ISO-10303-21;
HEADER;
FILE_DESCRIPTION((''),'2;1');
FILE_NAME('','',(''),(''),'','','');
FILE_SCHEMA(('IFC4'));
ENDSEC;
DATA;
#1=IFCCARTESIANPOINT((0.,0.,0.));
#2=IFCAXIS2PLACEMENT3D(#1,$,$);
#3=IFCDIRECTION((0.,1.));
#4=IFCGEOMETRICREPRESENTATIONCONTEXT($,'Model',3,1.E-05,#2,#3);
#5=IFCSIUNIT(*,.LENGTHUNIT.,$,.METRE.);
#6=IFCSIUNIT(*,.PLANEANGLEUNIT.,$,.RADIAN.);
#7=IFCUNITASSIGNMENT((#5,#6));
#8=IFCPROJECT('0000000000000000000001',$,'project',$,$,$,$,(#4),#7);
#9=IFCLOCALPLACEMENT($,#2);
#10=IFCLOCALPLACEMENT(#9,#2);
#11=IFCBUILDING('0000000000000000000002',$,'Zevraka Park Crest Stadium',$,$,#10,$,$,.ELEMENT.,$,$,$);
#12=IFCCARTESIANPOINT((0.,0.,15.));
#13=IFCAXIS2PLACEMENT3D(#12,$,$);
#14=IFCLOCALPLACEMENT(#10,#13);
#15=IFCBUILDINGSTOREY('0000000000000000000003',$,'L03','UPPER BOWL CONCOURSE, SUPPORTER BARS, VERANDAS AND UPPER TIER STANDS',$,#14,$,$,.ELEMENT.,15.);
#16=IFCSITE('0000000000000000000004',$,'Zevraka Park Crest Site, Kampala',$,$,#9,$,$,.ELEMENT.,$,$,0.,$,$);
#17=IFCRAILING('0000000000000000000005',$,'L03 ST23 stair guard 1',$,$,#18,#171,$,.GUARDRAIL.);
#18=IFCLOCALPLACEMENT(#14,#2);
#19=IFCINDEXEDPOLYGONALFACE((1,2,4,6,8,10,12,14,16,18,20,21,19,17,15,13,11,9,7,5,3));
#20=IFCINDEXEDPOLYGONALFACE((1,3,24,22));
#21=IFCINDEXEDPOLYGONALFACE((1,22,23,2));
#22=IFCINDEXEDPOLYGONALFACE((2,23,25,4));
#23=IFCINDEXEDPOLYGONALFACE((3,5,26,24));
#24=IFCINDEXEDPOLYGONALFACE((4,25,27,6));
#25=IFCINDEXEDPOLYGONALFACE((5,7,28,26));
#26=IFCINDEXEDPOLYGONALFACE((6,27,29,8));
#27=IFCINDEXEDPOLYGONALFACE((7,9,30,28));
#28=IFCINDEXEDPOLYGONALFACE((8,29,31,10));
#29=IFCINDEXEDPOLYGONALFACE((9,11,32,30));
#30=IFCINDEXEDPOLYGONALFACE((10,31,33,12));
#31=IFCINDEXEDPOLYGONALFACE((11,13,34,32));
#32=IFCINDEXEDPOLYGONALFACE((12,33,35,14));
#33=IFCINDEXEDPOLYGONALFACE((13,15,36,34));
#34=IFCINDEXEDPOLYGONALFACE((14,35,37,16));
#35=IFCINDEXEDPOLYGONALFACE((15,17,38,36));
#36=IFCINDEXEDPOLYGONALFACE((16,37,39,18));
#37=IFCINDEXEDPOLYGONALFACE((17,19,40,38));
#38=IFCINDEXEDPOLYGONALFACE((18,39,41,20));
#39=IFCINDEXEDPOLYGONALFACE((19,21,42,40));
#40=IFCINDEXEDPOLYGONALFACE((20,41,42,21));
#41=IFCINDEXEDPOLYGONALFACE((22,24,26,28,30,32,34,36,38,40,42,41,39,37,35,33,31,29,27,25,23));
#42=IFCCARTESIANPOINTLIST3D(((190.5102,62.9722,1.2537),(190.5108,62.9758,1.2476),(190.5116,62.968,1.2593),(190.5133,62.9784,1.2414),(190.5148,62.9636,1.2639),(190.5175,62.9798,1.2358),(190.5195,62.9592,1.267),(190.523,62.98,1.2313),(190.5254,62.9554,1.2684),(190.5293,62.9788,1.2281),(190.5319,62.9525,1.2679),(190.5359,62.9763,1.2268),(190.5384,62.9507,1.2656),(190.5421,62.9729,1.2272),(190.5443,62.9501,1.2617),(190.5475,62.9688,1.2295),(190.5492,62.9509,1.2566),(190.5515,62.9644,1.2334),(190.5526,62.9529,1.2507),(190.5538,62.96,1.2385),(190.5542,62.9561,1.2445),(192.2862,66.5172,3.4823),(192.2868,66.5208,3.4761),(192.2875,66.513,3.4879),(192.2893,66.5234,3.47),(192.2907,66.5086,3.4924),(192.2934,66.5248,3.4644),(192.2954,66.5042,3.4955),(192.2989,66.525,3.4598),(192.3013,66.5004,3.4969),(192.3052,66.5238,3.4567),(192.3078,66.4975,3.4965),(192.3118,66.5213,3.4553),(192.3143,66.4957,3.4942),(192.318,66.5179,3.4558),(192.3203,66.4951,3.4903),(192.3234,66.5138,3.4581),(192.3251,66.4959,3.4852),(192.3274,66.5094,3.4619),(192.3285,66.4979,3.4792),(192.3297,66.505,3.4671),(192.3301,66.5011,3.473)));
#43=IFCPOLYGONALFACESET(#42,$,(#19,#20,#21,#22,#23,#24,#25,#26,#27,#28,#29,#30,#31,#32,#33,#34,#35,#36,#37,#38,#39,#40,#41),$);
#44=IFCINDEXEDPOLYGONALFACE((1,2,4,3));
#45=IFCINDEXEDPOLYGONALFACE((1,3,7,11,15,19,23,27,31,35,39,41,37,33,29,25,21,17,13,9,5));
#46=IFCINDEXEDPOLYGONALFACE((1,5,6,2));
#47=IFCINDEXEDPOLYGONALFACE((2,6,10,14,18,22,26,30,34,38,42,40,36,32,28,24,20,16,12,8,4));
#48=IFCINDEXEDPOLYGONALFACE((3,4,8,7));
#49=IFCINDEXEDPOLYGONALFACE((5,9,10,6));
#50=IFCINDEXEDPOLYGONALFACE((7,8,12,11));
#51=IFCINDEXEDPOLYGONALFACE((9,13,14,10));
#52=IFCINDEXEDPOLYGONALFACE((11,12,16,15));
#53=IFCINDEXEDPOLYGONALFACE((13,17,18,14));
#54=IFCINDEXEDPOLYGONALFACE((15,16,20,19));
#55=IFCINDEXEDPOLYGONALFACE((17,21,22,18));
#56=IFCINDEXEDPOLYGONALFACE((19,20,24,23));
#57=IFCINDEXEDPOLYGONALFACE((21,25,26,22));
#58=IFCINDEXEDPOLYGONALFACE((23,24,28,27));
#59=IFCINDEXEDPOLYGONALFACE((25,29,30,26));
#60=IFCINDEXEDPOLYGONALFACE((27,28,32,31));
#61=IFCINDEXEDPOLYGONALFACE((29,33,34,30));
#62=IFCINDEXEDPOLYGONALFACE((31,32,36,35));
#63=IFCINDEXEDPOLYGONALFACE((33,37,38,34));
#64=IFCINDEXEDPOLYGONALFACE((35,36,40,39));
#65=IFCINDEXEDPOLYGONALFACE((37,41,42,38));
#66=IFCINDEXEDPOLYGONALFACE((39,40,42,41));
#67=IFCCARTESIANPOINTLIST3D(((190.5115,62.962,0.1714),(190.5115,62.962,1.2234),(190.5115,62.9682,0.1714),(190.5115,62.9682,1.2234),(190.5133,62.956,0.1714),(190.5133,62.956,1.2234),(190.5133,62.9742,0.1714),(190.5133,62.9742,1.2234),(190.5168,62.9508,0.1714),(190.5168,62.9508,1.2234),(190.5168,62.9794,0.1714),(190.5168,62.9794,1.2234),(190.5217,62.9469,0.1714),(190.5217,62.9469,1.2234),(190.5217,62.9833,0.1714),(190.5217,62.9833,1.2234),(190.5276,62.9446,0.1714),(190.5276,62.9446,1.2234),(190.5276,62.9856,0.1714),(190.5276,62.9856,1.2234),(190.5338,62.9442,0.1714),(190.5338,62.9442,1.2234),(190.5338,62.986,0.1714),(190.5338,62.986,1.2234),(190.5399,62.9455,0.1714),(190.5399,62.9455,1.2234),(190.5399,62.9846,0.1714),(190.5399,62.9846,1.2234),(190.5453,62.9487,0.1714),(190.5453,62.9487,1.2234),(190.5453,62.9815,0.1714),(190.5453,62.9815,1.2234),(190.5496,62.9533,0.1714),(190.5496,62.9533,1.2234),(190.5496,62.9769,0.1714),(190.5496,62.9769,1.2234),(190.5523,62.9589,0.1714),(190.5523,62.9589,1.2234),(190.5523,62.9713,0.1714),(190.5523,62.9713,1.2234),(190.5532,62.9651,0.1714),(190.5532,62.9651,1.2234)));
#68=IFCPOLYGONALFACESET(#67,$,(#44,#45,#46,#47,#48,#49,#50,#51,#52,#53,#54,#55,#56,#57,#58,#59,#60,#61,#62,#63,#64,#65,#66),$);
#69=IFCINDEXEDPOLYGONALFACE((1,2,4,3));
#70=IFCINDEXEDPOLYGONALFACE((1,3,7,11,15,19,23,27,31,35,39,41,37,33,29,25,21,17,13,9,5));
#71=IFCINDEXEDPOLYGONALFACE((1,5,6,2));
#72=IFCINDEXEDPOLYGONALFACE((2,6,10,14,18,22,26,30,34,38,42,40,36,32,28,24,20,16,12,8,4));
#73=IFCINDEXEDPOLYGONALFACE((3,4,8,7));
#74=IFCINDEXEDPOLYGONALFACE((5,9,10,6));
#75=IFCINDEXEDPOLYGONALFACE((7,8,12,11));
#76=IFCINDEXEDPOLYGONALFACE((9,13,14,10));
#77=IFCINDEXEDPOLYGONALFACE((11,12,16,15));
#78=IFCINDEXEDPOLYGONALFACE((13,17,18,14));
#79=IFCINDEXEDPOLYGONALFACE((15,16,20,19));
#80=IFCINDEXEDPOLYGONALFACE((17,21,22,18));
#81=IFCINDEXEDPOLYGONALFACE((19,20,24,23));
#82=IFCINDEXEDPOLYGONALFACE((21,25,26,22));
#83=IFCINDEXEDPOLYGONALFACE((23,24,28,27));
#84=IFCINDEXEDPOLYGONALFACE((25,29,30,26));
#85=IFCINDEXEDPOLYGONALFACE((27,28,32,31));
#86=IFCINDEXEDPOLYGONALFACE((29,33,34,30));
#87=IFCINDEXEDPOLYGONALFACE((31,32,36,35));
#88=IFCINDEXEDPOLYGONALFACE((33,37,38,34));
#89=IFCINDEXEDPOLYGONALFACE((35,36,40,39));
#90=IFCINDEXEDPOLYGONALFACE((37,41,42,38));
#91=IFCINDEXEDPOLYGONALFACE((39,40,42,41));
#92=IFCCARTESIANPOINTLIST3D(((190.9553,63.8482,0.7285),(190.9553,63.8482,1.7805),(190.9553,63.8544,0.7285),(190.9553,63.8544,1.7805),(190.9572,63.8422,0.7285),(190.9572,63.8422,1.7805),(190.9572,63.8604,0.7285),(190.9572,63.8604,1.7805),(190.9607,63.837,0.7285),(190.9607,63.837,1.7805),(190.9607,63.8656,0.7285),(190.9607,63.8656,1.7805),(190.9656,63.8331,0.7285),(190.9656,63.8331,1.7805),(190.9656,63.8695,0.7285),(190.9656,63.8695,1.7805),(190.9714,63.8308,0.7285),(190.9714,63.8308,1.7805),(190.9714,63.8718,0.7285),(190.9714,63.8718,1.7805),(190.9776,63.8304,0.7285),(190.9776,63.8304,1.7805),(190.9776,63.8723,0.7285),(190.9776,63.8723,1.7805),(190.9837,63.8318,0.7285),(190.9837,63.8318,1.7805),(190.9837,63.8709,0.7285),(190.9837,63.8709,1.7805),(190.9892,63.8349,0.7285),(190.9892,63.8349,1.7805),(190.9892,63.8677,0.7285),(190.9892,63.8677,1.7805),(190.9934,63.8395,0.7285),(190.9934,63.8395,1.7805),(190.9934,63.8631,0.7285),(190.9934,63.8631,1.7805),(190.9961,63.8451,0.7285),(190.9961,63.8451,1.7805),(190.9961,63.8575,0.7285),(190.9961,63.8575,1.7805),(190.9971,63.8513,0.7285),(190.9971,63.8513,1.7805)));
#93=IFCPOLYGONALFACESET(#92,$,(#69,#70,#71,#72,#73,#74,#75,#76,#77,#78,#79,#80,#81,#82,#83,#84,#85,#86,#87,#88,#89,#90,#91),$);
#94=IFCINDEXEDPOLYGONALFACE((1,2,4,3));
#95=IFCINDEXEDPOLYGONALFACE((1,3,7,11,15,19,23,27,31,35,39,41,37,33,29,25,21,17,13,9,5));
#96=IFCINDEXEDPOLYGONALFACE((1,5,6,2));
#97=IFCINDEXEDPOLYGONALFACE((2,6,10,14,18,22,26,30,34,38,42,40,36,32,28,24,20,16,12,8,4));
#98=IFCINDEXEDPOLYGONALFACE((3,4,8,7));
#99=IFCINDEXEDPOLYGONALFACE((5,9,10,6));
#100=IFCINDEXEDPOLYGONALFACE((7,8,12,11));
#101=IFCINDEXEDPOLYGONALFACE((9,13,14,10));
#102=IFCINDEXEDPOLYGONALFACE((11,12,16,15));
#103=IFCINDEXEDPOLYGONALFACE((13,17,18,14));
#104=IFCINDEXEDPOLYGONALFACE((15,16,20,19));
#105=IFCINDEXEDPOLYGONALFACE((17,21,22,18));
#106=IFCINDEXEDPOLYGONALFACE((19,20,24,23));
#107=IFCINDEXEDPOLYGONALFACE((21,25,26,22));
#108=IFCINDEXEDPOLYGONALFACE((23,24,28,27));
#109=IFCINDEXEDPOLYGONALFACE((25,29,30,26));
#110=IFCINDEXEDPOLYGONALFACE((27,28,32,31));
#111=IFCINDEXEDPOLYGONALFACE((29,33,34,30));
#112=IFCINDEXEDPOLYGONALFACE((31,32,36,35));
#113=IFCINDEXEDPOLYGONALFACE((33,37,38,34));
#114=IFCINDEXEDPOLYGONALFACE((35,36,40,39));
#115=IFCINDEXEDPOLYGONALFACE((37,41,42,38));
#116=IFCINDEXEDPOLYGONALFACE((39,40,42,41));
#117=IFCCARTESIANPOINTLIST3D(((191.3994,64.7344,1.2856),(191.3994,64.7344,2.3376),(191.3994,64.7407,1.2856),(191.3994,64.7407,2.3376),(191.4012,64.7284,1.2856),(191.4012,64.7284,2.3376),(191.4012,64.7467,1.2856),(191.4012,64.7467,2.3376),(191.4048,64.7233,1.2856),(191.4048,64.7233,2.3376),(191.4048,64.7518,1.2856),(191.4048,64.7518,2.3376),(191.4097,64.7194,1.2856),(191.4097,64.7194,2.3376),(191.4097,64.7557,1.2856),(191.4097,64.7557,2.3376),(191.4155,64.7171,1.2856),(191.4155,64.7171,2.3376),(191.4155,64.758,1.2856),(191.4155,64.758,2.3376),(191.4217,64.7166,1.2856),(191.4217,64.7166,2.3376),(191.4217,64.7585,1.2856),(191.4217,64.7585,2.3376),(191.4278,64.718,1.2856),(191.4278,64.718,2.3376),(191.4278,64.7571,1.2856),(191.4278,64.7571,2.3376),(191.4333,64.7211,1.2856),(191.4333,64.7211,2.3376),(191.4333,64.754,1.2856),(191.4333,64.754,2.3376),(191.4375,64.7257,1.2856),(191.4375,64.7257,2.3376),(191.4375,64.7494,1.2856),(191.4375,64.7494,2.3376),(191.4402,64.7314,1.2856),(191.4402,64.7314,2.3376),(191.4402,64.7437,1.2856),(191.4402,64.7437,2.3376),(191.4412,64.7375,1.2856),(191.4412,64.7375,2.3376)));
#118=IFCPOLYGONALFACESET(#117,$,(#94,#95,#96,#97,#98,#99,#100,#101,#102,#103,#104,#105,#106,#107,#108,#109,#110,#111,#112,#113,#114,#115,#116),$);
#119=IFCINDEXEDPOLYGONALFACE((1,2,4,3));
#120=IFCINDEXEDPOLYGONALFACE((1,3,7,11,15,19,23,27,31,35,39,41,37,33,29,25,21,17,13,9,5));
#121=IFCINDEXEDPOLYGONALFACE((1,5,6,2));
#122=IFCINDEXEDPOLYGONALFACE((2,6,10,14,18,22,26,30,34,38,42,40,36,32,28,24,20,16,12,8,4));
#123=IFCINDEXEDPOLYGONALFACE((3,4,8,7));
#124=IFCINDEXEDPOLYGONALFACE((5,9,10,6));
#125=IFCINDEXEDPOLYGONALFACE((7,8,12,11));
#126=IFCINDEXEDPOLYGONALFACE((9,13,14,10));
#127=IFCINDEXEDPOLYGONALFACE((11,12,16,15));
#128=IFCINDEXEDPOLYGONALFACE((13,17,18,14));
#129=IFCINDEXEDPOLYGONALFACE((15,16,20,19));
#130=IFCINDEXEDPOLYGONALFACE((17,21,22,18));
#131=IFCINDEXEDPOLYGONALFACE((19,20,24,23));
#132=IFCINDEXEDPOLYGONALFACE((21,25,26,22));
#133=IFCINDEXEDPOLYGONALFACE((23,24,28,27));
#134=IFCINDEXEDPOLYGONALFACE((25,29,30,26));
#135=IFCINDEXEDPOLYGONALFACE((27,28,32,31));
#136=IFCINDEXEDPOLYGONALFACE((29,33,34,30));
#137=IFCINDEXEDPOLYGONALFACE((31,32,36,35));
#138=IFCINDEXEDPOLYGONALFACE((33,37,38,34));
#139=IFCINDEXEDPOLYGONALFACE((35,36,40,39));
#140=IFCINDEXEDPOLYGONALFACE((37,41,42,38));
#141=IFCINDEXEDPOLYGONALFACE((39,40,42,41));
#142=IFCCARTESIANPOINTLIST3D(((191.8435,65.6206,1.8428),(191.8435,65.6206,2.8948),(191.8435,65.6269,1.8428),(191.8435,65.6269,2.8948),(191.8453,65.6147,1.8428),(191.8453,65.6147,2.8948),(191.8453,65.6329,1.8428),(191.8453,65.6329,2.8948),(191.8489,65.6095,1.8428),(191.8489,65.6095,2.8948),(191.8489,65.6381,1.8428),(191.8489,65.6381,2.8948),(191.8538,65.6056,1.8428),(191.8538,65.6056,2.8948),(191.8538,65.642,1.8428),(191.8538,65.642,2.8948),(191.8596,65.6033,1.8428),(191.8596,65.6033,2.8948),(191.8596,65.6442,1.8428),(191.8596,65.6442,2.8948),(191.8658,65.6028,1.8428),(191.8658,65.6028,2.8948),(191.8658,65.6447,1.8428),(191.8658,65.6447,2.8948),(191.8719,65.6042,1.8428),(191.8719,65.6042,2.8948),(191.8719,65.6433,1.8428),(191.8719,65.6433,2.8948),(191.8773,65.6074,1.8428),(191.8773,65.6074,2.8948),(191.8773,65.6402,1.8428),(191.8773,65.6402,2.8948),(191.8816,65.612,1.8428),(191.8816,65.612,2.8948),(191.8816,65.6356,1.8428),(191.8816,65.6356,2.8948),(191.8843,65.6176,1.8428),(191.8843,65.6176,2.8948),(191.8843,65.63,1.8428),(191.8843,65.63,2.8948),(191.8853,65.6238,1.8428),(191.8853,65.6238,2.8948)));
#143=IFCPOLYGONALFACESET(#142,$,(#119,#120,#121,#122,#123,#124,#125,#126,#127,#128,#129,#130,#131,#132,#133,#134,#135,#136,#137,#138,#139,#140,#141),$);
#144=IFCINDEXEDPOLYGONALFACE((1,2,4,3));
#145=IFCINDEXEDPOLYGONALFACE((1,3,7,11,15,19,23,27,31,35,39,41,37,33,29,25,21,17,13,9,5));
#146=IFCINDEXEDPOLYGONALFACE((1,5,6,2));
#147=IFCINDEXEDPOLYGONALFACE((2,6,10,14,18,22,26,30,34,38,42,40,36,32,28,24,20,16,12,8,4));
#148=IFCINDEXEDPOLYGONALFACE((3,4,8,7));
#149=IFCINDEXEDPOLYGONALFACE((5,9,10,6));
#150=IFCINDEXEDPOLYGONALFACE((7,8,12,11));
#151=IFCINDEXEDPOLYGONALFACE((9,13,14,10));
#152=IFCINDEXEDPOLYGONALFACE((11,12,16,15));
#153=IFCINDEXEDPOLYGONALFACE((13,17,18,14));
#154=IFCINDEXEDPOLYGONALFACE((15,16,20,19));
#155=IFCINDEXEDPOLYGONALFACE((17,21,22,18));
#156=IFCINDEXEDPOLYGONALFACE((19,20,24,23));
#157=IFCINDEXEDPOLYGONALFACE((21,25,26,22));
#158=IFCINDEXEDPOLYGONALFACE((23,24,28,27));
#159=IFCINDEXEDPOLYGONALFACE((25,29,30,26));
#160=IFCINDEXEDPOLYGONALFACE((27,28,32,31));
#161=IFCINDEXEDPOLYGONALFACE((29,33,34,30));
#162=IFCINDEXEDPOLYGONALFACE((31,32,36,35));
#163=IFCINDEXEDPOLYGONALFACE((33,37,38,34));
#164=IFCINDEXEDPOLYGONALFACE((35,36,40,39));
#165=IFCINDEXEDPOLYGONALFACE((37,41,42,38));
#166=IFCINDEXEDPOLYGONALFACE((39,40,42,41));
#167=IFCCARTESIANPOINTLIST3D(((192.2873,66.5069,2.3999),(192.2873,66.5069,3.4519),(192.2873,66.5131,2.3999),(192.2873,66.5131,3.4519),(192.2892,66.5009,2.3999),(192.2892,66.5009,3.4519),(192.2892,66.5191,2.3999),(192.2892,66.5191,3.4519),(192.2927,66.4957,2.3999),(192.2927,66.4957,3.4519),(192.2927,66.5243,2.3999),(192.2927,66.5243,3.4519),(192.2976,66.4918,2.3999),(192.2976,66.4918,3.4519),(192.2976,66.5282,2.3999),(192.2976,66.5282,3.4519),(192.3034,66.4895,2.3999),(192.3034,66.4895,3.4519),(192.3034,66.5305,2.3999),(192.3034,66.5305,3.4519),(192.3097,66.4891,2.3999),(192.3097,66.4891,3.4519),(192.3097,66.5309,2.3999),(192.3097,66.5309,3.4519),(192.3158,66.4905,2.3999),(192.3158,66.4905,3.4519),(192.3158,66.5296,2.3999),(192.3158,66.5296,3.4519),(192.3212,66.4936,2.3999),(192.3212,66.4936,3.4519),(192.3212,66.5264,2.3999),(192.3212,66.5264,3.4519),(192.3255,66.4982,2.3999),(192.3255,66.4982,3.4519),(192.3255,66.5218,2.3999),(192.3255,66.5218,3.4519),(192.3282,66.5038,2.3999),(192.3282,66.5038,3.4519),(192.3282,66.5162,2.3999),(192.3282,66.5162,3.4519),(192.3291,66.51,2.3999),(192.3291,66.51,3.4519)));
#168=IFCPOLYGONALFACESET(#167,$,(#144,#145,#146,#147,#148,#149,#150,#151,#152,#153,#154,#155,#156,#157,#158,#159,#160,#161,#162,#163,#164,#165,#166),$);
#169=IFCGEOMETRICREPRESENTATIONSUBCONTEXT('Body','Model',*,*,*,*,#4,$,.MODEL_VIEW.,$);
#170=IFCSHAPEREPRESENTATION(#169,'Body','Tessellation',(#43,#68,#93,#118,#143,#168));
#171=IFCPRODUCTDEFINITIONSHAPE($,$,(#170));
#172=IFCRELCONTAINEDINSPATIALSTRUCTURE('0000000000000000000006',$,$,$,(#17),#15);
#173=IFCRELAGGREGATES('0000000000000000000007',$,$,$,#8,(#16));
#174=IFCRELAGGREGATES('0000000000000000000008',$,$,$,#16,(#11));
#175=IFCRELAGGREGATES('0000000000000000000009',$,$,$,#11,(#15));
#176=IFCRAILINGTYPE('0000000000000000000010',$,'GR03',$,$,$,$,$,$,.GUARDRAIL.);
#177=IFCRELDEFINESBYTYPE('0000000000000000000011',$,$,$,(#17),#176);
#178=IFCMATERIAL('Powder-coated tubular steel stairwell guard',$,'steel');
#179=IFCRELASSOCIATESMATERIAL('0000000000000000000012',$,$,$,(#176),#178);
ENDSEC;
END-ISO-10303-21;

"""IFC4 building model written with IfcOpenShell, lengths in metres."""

from ifc_helpers import new_model, si_unit, direction, frame, origin, origin_2d, place, context, subcontext, project, spatial, circle, extrude, material, type_object, element, save


model = new_model("IFC4")

# Units and contexts
model_context = context("Model", 3, precision=1e-05, world=origin(), true_north=direction((0.0, 1.0)))
body_context = subcontext(model_context, "Body", "Model", "MODEL_VIEW")
ifc_project = project(units=[si_unit("LENGTHUNIT", "METRE"), si_unit("PLANEANGLEUNIT", "RADIAN")], contexts=[model_context])

# Site, building, storey
site_placement = place(None, origin())
site = spatial("IfcSite", under=ifc_project, at=site_placement, Name="Zevraka Park Crest Site, Kampala", CompositionType="ELEMENT", RefElevation=0.0)
building_placement = place(site_placement, origin())
building = spatial("IfcBuilding", under=site, at=building_placement, Name="Zevraka Park Crest Stadium", CompositionType="ELEMENT")
storey_placement = place(building_placement, frame((0.0, 0.0, 15.0)))
storey = spatial("IfcBuildingStorey", under=building, at=storey_placement, Name="L03", Description="UPPER BOWL CONCOURSE, SUPPORTER BARS, VERANDAS AND UPPER TIER STANDS", CompositionType="ELEMENT", Elevation=15.0)

# Railing
ifc_material_1 = material(Name="Powder-coated tubular steel stairwell guard", Category="steel")
railing_type_1 = type_object("IfcRailingType", Name="GR03", PredefinedType="GUARDRAIL", material=ifc_material_1)
railing_1_placement = place(storey_placement, frame((190.5322, 62.9651, 0.1714)))
element("IfcRailing", 1, at=railing_1_placement, inside=storey, type_object=railing_type_1, Name="L03 ST23 stair guard 1", PredefinedType="GUARDRAIL", context=body_context, shape_type="SweptSolid", body=[
    extrude(circle(Radius=0.0239, at=origin_2d()), frame((0.0, 0.0, 1.0762), z_axis=(0.390454, 0.779405, 0.489973), x_axis=(-0.894082, 0.447903, 0.0)), (0.0, 0.0, 1.0), 4.5483),
    extrude(circle(Radius=0.021, at=origin_2d()), origin(), (0.0, 0.0, 1.0), 1.052),
    extrude(circle(Radius=0.021, at=origin_2d()), frame((0.4438, 0.8862, 0.5571)), (0.0, 0.0, 1.0), 1.052),
    extrude(circle(Radius=0.021, at=origin_2d()), frame((0.8879, 1.7725, 1.1143)), (0.0, 0.0, 1.0), 1.052),
    extrude(circle(Radius=0.021, at=origin_2d()), frame((1.332, 2.6587, 1.6714)), (0.0, 0.0, 1.0), 1.052),
    extrude(circle(Radius=0.021, at=origin_2d()), frame((1.7759, 3.5449, 2.2285)), (0.0, 0.0, 1.0), 1.052),
])

save(model, "model.ifc")
